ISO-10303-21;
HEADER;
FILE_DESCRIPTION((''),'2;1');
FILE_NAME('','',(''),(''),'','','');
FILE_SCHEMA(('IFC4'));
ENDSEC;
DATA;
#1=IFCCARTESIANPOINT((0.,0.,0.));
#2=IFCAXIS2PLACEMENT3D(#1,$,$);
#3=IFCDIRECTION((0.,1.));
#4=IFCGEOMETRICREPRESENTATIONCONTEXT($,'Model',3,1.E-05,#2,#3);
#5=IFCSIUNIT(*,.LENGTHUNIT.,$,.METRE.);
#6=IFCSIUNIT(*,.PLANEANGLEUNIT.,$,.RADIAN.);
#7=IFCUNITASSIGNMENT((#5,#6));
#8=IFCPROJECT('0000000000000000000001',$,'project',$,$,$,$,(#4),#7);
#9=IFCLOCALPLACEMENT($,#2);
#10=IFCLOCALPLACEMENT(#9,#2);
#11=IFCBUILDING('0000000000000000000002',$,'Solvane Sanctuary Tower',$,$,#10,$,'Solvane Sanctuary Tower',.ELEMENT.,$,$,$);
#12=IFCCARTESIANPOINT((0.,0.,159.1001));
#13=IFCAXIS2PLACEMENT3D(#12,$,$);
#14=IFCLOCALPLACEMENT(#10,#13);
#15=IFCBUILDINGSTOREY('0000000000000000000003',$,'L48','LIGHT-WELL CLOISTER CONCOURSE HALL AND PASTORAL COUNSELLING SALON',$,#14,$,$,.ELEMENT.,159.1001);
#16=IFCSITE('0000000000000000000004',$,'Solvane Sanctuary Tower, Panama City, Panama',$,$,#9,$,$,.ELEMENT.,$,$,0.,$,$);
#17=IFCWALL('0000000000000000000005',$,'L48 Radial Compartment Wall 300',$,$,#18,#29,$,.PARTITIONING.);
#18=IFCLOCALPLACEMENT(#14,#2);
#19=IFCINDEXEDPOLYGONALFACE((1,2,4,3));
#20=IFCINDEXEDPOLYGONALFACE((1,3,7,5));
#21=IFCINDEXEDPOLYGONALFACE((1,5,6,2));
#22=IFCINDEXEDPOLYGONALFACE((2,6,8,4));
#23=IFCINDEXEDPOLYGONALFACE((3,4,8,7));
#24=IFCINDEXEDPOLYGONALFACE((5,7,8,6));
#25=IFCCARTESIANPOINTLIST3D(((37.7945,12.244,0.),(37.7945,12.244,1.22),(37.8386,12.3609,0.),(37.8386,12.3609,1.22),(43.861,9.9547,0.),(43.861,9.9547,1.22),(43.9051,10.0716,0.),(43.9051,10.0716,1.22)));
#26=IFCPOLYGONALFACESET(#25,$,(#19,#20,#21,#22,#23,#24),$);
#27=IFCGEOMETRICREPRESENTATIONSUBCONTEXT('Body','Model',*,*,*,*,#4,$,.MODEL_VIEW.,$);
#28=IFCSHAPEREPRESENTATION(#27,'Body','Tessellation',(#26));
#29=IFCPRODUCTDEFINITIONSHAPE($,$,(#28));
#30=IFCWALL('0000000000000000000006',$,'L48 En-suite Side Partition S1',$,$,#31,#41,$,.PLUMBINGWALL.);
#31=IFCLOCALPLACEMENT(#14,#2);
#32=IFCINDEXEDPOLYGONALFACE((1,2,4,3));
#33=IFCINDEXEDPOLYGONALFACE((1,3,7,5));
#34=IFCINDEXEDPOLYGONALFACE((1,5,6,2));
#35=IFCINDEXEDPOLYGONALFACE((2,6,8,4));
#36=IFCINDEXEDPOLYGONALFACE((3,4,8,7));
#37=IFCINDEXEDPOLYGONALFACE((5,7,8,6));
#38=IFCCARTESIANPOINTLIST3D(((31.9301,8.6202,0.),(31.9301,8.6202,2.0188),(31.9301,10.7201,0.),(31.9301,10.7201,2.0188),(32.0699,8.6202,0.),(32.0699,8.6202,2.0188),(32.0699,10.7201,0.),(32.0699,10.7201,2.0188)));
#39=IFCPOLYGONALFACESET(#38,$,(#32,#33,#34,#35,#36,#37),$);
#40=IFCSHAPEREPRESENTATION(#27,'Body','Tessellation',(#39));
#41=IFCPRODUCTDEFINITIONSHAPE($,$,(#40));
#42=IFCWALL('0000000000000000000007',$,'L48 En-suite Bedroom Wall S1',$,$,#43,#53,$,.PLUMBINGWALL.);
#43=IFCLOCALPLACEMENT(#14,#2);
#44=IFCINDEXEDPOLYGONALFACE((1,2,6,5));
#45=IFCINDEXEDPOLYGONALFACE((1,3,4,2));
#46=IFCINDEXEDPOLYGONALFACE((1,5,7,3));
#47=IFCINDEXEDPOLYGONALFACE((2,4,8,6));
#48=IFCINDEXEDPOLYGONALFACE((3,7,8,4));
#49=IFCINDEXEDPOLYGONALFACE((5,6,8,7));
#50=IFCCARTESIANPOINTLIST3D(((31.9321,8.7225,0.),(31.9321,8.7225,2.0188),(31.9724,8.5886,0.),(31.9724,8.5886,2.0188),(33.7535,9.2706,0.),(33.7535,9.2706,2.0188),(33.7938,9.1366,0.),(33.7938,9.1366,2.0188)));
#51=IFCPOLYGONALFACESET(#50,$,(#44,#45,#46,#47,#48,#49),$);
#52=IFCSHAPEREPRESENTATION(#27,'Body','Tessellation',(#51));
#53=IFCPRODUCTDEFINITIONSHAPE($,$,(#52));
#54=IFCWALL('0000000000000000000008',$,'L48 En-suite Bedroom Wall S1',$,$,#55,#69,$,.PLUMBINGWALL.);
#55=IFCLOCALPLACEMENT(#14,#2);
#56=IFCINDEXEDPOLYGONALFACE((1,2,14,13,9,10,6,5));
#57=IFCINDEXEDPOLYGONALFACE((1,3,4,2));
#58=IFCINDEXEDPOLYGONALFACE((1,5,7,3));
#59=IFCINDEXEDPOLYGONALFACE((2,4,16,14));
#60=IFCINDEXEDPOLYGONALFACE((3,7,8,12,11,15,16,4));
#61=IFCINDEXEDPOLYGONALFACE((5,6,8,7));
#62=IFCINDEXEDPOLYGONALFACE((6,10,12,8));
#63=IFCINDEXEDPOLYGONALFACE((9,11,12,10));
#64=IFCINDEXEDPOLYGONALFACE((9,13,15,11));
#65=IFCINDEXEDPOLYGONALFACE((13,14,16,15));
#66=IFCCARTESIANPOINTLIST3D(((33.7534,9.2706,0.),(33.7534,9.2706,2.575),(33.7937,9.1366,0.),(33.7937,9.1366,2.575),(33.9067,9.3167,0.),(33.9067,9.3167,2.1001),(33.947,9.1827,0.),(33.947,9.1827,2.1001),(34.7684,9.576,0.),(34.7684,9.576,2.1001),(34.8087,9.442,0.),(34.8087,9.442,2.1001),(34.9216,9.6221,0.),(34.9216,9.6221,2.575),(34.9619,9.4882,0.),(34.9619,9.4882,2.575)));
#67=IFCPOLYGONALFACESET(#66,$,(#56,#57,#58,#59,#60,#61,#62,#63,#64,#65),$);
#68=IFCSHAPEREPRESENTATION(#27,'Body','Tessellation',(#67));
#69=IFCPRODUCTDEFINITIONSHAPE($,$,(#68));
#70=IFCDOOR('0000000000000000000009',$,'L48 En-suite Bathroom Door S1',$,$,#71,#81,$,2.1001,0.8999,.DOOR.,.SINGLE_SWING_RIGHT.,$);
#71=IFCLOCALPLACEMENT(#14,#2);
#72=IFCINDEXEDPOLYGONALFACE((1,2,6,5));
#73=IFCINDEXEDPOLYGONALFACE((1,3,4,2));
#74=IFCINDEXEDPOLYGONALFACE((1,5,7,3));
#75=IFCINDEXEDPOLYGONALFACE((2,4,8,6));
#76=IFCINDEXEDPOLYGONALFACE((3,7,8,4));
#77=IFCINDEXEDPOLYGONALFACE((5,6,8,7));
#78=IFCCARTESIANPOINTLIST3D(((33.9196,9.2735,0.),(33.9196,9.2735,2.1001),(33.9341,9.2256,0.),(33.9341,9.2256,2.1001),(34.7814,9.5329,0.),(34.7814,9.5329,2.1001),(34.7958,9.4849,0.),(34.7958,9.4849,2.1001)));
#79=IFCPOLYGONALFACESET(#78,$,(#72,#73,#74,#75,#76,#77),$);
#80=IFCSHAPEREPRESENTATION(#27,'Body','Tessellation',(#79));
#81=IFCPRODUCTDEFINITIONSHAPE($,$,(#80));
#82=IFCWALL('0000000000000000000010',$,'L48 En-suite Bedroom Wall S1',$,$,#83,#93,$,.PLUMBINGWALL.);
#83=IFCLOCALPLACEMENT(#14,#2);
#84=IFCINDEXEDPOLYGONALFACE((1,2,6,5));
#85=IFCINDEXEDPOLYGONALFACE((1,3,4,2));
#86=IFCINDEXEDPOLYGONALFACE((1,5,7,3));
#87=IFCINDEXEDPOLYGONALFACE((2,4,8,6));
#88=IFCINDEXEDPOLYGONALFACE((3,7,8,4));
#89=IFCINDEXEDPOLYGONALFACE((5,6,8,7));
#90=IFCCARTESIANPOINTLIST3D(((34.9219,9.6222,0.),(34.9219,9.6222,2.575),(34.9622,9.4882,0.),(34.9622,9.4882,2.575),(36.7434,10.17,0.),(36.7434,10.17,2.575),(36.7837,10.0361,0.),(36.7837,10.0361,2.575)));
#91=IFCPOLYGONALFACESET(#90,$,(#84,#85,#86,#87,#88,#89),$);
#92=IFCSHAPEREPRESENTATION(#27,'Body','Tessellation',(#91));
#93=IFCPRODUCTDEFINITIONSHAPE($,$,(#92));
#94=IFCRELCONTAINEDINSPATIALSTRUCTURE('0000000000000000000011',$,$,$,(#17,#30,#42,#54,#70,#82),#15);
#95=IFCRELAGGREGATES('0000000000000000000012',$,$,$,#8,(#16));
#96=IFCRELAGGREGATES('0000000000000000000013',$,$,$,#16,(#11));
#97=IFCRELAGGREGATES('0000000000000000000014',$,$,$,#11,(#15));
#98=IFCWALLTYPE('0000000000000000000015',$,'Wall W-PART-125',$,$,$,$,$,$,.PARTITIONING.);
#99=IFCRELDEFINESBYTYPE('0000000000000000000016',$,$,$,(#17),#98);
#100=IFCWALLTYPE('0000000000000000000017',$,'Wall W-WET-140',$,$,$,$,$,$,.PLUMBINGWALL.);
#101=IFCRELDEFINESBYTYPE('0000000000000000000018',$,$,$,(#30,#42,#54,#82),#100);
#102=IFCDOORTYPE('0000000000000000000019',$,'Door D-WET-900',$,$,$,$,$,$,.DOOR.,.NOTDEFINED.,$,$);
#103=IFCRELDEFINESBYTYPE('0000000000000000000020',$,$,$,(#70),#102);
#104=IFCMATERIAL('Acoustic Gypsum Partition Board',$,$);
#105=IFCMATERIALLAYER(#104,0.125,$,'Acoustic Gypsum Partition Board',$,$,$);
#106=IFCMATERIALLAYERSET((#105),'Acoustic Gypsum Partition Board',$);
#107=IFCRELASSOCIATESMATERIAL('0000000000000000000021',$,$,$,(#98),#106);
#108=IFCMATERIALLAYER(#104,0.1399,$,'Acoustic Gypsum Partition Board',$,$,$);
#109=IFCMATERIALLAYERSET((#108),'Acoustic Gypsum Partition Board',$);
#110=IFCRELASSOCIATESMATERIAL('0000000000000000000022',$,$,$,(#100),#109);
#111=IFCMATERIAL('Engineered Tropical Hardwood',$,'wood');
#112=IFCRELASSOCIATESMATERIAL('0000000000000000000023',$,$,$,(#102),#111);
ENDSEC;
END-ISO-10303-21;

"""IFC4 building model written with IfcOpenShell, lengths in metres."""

from ifc_helpers import new_model, si_unit, direction, frame, frame_2d, origin, place, context, subcontext, project, spatial, rectangle, extrude, material, layer, layer_set, type_object, element, fill, save


model = new_model("IFC4")

# Units and contexts
model_context = context("Model", 3, precision=1e-05, world=origin(), true_north=direction((0.0, 1.0)))
body_context = subcontext(model_context, "Body", "Model", "MODEL_VIEW")
ifc_project = project(units=[si_unit("LENGTHUNIT", "METRE"), si_unit("PLANEANGLEUNIT", "RADIAN")], contexts=[model_context])

# Site, building, storey
site_placement = place(None, origin())
site = spatial("IfcSite", under=ifc_project, at=site_placement, Name="Solvane Sanctuary Tower, Panama City, Panama", CompositionType="ELEMENT", RefElevation=0.0)
building_placement = place(site_placement, origin())
building = spatial("IfcBuilding", under=site, at=building_placement, Name="Solvane Sanctuary Tower", LongName="Solvane Sanctuary Tower", CompositionType="ELEMENT")
storey_placement = place(building_placement, frame((0.0, 0.0, 159.1001)))
storey = spatial("IfcBuildingStorey", under=building, at=storey_placement, Name="L48", Description="LIGHT-WELL CLOISTER CONCOURSE HALL AND PASTORAL COUNSELLING SALON", CompositionType="ELEMENT", Elevation=159.1001)

# Shared definitions
ifc_material_1 = material(Name="Acoustic Gypsum Partition Board")

# Shared definitions
ifc_material_2 = material(Name="Engineered Tropical Hardwood", Category="wood")

# Walls
ifc_layer_1 = layer(ifc_material_1, 0.125, Name="Acoustic Gypsum Partition Board")
ifc_layer_set_1 = layer_set([ifc_layer_1], Name="Acoustic Gypsum Partition Board")
wall_type_1 = type_object("IfcWallType", Name="Wall W-PART-125", PredefinedType="PARTITIONING", material=ifc_layer_set_1)
wall_1_placement = place(storey_placement, frame((37.8164, 12.3025, 0.0), z_axis=(0.0, 0.0, 1.0), x_axis=(0.935601, -0.353058, 0.0)))
element("IfcWall", 1, at=wall_1_placement, inside=storey, type_object=wall_type_1, Name="L48 Radial Compartment Wall 300", PredefinedType="PARTITIONING", context=body_context, shape_type="SweptSolid", body=[
    extrude(rectangle(XDim=6.4841, YDim=0.125, at=frame_2d((3.2422, 0.0))), origin(), (0.0, 0.0, 1.0), 1.22),
])
ifc_layer_2 = layer(ifc_material_1, 0.1399, Name="Acoustic Gypsum Partition Board")
ifc_layer_set_2 = layer_set([ifc_layer_2], Name="Acoustic Gypsum Partition Board")
wall_type_2 = type_object("IfcWallType", Name="Wall W-WET-140", PredefinedType="PLUMBINGWALL", material=ifc_layer_set_2)
wall_2_placement = place(storey_placement, frame((32.0, 10.72, 0.0), z_axis=(0.0, 0.0, 1.0), x_axis=(0.0, -1.0, 0.0)))
element("IfcWall", 2, at=wall_2_placement, inside=storey, type_object=wall_type_2, Name="L48 En-suite Side Partition S1", PredefinedType="PLUMBINGWALL", context=body_context, shape_type="SweptSolid", body=[
    extrude(rectangle(XDim=2.0999, YDim=0.1399, at=frame_2d((1.0498, 0.0))), origin(), (0.0, 0.0, 1.0), 2.0188),
])
wall_3_placement = place(storey_placement, frame((31.9521, 8.6555, 0.0), z_axis=(0.0, 0.0, 1.0), x_axis=(0.957589, 0.288137, 0.0)))
element("IfcWall", 3, at=wall_3_placement, inside=storey, type_object=wall_type_2, Name="L48 En-suite Bedroom Wall S1", PredefinedType="PLUMBINGWALL", context=body_context, shape_type="SweptSolid", body=[
    extrude(rectangle(XDim=1.9021, YDim=0.1399, at=frame_2d((0.9512, 0.0))), origin(), (0.0, 0.0, 1.0), 2.0188),
])

# Wall, opening, door
wall_4_placement = place(storey_placement, frame((33.7737, 9.2036, 0.0), z_axis=(0.0, 0.0, 1.0), x_axis=(0.957578, 0.288174, 0.0)))
wall_4 = element("IfcWall", 4, at=wall_4_placement, inside=storey, type_object=wall_type_2, Name="L48 En-suite Bedroom Wall S1", PredefinedType="PLUMBINGWALL", context=body_context, shape_type="SweptSolid", body=[
    extrude(rectangle(XDim=1.22, YDim=0.1399, at=frame_2d((0.6099, 0.0))), origin(), (0.0, 0.0, 1.0), 2.575),
])
opening_1_placement = place(wall_4_placement, frame((0.1599, 0.0, 0.0)))
opening_1 = element("IfcOpeningElement", 5, at=opening_1_placement, cuts=wall_4, PredefinedType="OPENING", context=body_context, shape_type="SweptSolid", body=[
    extrude(rectangle(XDim=0.8999, YDim=2.1001, at=frame_2d((0.45, 1.05))), frame((0.0, 0.0798, 0.0), z_axis=(0.0, -1.0, 0.0), x_axis=(1.0, 0.0, 0.0)), (0.0, 0.0, 1.0), 0.1599),
])
door_type_1 = type_object("IfcDoorType", Name="Door D-WET-900", OperationType="NOTDEFINED", PredefinedType="DOOR", material=ifc_material_2)
door_1_placement = place(opening_1_placement, origin())
door_1 = element("IfcDoor", 6, at=door_1_placement, inside=storey, type_object=door_type_1, Name="L48 En-suite Bathroom Door S1", OperationType="SINGLE_SWING_RIGHT", OverallHeight=2.1001, OverallWidth=0.8999, PredefinedType="DOOR", context=body_context, shape_type="SweptSolid", body=[
    extrude(rectangle(XDim=0.8999, YDim=2.1001, at=frame_2d((0.45, 1.05))), frame((0.0, 0.0249, 0.0), z_axis=(0.0, -1.0, 0.0), x_axis=(1.0, 0.0, 0.0)), (0.0, 0.0, 1.0), 0.05),
])
fill(opening_1, door_1)

# Wall
wall_5_placement = place(storey_placement, frame((34.9419, 9.5552, 0.0), z_axis=(0.0, 0.0, 1.0), x_axis=(0.957625, 0.288019, 0.0)))
element("IfcWall", 7, at=wall_5_placement, inside=storey, type_object=wall_type_2, Name="L48 En-suite Bedroom Wall S1", PredefinedType="PLUMBINGWALL", context=body_context, shape_type="SweptSolid", body=[
    extrude(rectangle(XDim=1.9021, YDim=0.1399, at=frame_2d((0.9512, 0.0))), origin(), (0.0, 0.0, 1.0), 2.575),
])

save(model, "model.ifc")
